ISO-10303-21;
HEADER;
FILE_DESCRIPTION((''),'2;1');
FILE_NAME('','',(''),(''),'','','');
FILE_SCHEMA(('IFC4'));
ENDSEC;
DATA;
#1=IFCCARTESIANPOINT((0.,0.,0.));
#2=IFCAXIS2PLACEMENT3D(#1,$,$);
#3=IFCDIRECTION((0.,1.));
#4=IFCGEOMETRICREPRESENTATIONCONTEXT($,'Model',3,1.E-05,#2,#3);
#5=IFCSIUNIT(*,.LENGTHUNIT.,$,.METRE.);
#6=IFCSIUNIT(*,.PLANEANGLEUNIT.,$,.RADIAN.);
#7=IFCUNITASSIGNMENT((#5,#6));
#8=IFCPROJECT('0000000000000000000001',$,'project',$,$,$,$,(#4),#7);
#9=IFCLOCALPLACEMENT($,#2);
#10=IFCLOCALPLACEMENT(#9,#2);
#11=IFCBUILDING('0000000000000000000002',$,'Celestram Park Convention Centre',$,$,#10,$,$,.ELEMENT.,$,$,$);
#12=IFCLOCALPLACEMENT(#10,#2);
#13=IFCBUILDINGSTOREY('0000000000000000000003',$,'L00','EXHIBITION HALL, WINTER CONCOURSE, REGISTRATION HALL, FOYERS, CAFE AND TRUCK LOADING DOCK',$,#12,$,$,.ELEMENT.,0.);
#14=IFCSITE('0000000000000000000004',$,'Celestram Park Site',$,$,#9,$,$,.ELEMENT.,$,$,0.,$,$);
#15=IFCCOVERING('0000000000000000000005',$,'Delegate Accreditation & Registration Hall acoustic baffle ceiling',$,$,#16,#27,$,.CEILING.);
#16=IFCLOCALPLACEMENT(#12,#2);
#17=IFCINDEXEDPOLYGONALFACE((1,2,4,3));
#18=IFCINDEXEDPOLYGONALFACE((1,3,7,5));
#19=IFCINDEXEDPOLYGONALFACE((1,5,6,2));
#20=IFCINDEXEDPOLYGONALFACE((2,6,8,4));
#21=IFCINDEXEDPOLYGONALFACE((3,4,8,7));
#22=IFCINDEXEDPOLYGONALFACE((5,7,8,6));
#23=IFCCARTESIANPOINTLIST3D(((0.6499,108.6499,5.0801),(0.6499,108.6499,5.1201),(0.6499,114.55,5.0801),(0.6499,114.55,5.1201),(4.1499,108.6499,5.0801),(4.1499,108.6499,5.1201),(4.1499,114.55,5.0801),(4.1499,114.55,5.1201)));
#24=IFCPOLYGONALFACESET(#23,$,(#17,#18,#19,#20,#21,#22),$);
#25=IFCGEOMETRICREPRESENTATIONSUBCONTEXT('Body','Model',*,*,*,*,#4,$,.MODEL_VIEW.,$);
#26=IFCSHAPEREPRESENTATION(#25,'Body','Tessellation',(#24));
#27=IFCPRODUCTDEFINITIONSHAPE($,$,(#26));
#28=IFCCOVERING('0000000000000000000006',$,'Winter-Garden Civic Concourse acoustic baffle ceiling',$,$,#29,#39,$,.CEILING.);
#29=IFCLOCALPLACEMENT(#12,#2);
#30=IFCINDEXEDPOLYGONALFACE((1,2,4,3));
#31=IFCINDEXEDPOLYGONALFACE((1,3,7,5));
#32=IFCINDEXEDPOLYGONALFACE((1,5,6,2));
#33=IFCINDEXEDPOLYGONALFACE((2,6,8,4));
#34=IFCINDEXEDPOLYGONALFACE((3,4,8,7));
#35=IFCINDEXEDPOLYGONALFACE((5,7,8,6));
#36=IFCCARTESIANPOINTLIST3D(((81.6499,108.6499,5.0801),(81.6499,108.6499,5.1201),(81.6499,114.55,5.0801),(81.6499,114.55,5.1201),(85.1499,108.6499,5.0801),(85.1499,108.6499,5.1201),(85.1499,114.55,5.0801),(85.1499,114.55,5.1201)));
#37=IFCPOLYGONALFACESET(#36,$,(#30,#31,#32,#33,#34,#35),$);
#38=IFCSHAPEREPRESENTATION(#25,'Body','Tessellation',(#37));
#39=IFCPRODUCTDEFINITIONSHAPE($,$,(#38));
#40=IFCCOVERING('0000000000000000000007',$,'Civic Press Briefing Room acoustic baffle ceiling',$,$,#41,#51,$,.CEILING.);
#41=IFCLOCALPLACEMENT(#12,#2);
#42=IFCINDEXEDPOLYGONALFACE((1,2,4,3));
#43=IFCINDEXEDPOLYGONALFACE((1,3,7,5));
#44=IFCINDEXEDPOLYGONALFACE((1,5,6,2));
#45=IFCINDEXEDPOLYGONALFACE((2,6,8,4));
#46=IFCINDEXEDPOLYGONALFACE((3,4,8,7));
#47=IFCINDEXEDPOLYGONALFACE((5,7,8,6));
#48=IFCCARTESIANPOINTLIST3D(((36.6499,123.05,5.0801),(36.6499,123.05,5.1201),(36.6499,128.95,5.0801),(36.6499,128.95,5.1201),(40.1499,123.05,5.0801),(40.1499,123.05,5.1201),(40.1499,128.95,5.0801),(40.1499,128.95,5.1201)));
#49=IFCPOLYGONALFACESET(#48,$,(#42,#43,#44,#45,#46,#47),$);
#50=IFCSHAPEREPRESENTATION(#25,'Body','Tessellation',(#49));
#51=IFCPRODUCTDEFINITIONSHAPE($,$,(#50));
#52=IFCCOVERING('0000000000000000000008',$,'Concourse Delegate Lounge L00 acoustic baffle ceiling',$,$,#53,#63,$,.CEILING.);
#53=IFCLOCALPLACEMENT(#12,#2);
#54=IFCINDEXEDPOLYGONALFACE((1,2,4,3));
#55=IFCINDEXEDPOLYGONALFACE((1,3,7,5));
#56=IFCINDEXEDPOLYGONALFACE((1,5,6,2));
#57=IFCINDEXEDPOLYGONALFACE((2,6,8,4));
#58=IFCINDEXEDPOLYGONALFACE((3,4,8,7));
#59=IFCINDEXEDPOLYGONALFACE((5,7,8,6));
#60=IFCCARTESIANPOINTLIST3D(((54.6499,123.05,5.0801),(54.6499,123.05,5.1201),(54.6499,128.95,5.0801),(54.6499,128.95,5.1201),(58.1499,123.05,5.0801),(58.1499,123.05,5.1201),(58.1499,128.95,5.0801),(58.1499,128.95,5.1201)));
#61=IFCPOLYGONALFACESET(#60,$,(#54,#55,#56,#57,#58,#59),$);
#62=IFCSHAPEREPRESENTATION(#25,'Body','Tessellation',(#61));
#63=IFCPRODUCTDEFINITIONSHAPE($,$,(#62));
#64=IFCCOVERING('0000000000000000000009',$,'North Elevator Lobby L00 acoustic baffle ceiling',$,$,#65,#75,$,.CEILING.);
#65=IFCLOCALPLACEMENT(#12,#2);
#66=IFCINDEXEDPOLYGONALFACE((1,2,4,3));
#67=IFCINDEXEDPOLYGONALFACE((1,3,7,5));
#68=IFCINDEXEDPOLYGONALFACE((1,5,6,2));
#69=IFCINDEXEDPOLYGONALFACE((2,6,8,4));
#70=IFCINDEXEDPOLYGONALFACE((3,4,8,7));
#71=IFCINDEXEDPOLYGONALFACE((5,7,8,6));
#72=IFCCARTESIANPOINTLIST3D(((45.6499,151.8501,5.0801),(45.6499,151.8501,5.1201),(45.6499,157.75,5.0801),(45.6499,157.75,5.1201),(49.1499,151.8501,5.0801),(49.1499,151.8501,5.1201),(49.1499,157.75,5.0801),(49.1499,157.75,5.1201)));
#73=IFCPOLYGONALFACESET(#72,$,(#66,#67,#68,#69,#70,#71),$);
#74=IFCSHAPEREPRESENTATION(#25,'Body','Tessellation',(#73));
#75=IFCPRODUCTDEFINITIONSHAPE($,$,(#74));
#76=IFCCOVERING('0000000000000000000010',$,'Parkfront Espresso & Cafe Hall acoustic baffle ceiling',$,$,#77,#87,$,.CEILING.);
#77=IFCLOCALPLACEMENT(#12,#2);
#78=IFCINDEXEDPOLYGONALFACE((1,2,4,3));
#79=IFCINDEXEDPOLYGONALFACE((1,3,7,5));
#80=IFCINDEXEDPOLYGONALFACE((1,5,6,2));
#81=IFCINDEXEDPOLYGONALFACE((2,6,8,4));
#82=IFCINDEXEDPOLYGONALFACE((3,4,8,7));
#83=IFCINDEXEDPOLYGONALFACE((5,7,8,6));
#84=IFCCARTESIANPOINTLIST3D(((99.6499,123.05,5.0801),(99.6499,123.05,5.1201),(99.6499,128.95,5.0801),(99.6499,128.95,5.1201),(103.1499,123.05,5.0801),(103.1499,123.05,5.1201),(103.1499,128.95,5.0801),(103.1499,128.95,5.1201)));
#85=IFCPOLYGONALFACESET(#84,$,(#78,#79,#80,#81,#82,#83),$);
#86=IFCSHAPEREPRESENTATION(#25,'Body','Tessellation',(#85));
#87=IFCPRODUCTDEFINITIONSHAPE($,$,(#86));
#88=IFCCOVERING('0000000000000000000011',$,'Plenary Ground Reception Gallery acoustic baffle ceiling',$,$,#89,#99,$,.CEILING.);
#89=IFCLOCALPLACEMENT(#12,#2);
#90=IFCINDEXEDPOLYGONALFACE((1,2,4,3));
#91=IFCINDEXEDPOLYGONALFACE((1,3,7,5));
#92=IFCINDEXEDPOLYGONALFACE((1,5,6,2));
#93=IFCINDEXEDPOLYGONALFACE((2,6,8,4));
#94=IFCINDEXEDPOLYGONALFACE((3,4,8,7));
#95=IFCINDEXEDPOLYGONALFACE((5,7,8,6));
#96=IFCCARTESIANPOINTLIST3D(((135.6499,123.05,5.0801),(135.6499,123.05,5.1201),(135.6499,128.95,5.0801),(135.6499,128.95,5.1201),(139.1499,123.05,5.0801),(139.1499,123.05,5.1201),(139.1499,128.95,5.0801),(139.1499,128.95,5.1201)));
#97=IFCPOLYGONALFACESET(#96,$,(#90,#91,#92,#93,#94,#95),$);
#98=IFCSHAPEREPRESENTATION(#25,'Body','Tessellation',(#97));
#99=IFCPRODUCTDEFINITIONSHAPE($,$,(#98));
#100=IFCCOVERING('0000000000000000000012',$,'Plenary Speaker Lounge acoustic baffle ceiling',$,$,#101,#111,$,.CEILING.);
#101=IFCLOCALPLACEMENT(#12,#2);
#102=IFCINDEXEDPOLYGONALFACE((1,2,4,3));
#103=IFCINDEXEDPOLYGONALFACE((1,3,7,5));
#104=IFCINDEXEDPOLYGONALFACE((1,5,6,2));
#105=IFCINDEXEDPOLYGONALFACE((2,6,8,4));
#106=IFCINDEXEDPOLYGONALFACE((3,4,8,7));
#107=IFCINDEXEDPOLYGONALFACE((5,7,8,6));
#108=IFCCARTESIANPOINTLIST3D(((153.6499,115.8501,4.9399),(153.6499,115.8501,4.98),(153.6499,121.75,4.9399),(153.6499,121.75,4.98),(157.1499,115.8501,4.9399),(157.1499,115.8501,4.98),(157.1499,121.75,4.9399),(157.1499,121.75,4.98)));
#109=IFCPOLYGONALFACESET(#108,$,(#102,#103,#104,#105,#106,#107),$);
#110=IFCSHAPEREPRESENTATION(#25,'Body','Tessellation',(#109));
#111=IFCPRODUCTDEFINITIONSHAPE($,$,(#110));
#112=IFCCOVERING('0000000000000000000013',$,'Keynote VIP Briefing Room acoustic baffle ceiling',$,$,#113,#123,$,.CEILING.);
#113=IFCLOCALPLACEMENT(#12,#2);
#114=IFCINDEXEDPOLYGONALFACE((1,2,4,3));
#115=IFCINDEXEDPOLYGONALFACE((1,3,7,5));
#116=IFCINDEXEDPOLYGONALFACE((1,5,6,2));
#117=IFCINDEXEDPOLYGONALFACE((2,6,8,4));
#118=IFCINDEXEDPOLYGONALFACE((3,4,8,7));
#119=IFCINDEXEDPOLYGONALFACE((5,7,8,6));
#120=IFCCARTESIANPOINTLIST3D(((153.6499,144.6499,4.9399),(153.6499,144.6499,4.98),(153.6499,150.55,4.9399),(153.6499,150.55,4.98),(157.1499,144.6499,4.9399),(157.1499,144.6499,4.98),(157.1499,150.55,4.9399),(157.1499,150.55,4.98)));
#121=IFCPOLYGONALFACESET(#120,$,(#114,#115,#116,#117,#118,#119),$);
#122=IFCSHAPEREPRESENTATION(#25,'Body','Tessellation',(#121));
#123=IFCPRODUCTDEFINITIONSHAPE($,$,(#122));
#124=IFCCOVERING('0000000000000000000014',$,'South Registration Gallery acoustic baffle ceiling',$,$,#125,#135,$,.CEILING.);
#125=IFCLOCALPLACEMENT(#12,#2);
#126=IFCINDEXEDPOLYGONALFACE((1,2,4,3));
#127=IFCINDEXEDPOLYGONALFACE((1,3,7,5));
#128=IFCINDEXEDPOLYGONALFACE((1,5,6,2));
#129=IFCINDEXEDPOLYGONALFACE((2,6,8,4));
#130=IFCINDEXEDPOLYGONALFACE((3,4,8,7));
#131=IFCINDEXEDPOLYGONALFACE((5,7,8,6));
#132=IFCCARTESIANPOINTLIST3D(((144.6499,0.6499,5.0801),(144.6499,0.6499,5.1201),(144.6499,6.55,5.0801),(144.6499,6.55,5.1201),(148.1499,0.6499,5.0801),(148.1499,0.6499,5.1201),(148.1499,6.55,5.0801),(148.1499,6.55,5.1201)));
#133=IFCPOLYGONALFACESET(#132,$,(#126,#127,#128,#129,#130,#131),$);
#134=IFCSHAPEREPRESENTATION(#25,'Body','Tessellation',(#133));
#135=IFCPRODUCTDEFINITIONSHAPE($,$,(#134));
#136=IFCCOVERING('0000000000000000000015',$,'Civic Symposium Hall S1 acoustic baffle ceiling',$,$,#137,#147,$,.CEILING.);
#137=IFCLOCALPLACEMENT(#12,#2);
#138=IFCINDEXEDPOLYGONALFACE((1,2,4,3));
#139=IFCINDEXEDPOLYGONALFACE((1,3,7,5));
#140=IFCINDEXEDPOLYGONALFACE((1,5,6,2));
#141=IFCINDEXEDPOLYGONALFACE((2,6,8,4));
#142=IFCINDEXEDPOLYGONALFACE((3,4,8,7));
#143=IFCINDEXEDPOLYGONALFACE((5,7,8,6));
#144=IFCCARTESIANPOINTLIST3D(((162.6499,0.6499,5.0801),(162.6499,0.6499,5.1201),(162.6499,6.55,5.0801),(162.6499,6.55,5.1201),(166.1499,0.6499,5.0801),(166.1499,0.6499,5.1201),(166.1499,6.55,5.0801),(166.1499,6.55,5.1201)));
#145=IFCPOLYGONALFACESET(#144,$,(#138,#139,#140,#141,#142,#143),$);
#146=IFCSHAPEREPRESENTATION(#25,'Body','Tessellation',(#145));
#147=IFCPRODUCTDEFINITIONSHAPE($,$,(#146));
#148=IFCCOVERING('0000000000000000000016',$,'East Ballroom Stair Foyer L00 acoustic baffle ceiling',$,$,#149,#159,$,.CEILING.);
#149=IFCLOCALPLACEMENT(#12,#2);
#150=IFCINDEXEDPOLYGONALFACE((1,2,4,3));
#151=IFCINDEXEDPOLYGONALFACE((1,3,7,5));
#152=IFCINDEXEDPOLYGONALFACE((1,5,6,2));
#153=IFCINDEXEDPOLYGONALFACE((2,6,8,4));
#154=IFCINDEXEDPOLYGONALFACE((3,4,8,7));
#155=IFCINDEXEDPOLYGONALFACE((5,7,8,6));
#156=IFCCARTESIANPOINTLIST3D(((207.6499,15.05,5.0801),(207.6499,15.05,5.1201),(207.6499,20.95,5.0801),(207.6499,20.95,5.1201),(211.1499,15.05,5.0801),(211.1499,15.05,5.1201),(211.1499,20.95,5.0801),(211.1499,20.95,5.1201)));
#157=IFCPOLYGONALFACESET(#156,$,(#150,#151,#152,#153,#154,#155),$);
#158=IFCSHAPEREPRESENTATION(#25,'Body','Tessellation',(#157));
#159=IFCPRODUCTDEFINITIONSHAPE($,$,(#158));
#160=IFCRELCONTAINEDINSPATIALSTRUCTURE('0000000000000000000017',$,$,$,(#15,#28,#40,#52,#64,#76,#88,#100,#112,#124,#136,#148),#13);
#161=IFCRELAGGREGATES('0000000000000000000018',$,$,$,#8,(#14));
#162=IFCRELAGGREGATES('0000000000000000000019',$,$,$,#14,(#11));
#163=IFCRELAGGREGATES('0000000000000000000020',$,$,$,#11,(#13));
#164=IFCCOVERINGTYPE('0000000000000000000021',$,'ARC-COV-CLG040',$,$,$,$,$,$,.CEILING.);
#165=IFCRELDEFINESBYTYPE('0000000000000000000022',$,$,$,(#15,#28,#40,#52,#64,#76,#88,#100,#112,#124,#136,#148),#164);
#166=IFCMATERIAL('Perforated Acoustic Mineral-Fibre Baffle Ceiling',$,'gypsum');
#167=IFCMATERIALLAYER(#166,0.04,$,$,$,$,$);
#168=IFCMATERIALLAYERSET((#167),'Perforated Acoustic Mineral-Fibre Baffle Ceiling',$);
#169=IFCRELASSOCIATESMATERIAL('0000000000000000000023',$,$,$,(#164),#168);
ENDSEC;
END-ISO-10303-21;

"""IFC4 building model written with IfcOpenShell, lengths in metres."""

from ifc_helpers import new_model, si_unit, direction, frame, origin, place, context, subcontext, project, spatial, polyline, outline, extrude, material, layer, layer_set, type_object, element, save


model = new_model("IFC4")

# Units and contexts
model_context = context("Model", 3, precision=1e-05, world=origin(), true_north=direction((0.0, 1.0)))
body_context = subcontext(model_context, "Body", "Model", "MODEL_VIEW")
ifc_project = project(units=[si_unit("LENGTHUNIT", "METRE"), si_unit("PLANEANGLEUNIT", "RADIAN")], contexts=[model_context])

# Site, building, storey
site_placement = place(None, origin())
site = spatial("IfcSite", under=ifc_project, at=site_placement, Name="Celestram Park Site", CompositionType="ELEMENT", RefElevation=0.0)
building_placement = place(site_placement, origin())
building = spatial("IfcBuilding", under=site, at=building_placement, Name="Celestram Park Convention Centre", CompositionType="ELEMENT")
storey_placement = place(building_placement, origin())
storey = spatial("IfcBuildingStorey", under=building, at=storey_placement, Name="L00", Description="EXHIBITION HALL, WINTER CONCOURSE, REGISTRATION HALL, FOYERS, CAFE AND TRUCK LOADING DOCK", CompositionType="ELEMENT", Elevation=0.0)

# Coverings
ifc_material_1 = material(Name="Perforated Acoustic Mineral-Fibre Baffle Ceiling", Category="gypsum")
ifc_layer_1 = layer(ifc_material_1, 0.04)
ifc_layer_set_1 = layer_set([ifc_layer_1], Name="Perforated Acoustic Mineral-Fibre Baffle Ceiling")
covering_type = type_object("IfcCoveringType", Name="ARC-COV-CLG040", PredefinedType="CEILING", material=ifc_layer_set_1)
covering_1_placement = place(storey_placement, frame((0.0, 0.0, 5.0801)))
element("IfcCovering", 1, at=covering_1_placement, inside=storey, type_object=covering_type, Name="Delegate Accreditation & Registration Hall acoustic baffle ceiling", PredefinedType="CEILING", context=body_context, shape_type="SweptSolid", body=[
    extrude(outline(polyline([(0.6499, 108.6499), (4.1499, 108.6499), (4.1499, 114.55), (0.6499, 114.55), (0.6499, 108.6499)])), origin(), (0.0, 0.0, 1.0), 0.04),
])
covering_2_placement = place(storey_placement, frame((0.0, 0.0, 5.0801)))
element("IfcCovering", 2, at=covering_2_placement, inside=storey, type_object=covering_type, Name="Winter-Garden Civic Concourse acoustic baffle ceiling", PredefinedType="CEILING", context=body_context, shape_type="SweptSolid", body=[
    extrude(outline(polyline([(81.6499, 108.6499), (85.1499, 108.6499), (85.1499, 114.55), (81.6499, 114.55), (81.6499, 108.6499)])), origin(), (0.0, 0.0, 1.0), 0.04),
])
covering_3_placement = place(storey_placement, frame((0.0, 0.0, 5.0801)))
element("IfcCovering", 3, at=covering_3_placement, inside=storey, type_object=covering_type, Name="Civic Press Briefing Room acoustic baffle ceiling", PredefinedType="CEILING", context=body_context, shape_type="SweptSolid", body=[
    extrude(outline(polyline([(36.6499, 123.05), (40.1499, 123.05), (40.1499, 128.95), (36.6499, 128.95), (36.6499, 123.05)])), origin(), (0.0, 0.0, 1.0), 0.04),
])
covering_4_placement = place(storey_placement, frame((0.0, 0.0, 5.0801)))
element("IfcCovering", 4, at=covering_4_placement, inside=storey, type_object=covering_type, Name="Concourse Delegate Lounge L00 acoustic baffle ceiling", PredefinedType="CEILING", context=body_context, shape_type="SweptSolid", body=[
    extrude(outline(polyline([(54.6499, 123.05), (58.1499, 123.05), (58.1499, 128.95), (54.6499, 128.95), (54.6499, 123.05)])), origin(), (0.0, 0.0, 1.0), 0.04),
])
covering_5_placement = place(storey_placement, frame((0.0, 0.0, 5.0801)))
element("IfcCovering", 5, at=covering_5_placement, inside=storey, type_object=covering_type, Name="North Elevator Lobby L00 acoustic baffle ceiling", PredefinedType="CEILING", context=body_context, shape_type="SweptSolid", body=[
    extrude(outline(polyline([(45.6499, 151.8501), (49.1499, 151.8501), (49.1499, 157.75), (45.6499, 157.75), (45.6499, 151.8501)])), origin(), (0.0, 0.0, 1.0), 0.04),
])
covering_6_placement = place(storey_placement, frame((0.0, 0.0, 5.0801)))
element("IfcCovering", 6, at=covering_6_placement, inside=storey, type_object=covering_type, Name="Parkfront Espresso & Cafe Hall acoustic baffle ceiling", PredefinedType="CEILING", context=body_context, shape_type="SweptSolid", body=[
    extrude(outline(polyline([(99.6499, 123.05), (103.1499, 123.05), (103.1499, 128.95), (99.6499, 128.95), (99.6499, 123.05)])), origin(), (0.0, 0.0, 1.0), 0.04),
])
covering_7_placement = place(storey_placement, frame((0.0, 0.0, 5.0801)))
element("IfcCovering", 7, at=covering_7_placement, inside=storey, type_object=covering_type, Name="Plenary Ground Reception Gallery acoustic baffle ceiling", PredefinedType="CEILING", context=body_context, shape_type="SweptSolid", body=[
    extrude(outline(polyline([(135.6499, 123.05), (139.1499, 123.05), (139.1499, 128.95), (135.6499, 128.95), (135.6499, 123.05)])), origin(), (0.0, 0.0, 1.0), 0.04),
])
covering_8_placement = place(storey_placement, frame((0.0, 0.0, 4.9399)))
element("IfcCovering", 8, at=covering_8_placement, inside=storey, type_object=covering_type, Name="Plenary Speaker Lounge acoustic baffle ceiling", PredefinedType="CEILING", context=body_context, shape_type="SweptSolid", body=[
    extrude(outline(polyline([(153.6499, 115.8501), (157.1499, 115.8501), (157.1499, 121.75), (153.6499, 121.75), (153.6499, 115.8501)])), origin(), (0.0, 0.0, 1.0), 0.04),
])
covering_9_placement = place(storey_placement, frame((0.0, 0.0, 4.9399)))
element("IfcCovering", 9, at=covering_9_placement, inside=storey, type_object=covering_type, Name="Keynote VIP Briefing Room acoustic baffle ceiling", PredefinedType="CEILING", context=body_context, shape_type="SweptSolid", body=[
    extrude(outline(polyline([(153.6499, 144.6499), (157.1499, 144.6499), (157.1499, 150.55), (153.6499, 150.55), (153.6499, 144.6499)])), origin(), (0.0, 0.0, 1.0), 0.04),
])
covering_10_placement = place(storey_placement, frame((0.0, 0.0, 5.0801)))
element("IfcCovering", 10, at=covering_10_placement, inside=storey, type_object=covering_type, Name="South Registration Gallery acoustic baffle ceiling", PredefinedType="CEILING", context=body_context, shape_type="SweptSolid", body=[
    extrude(outline(polyline([(144.6499, 0.6499), (148.1499, 0.6499), (148.1499, 6.55), (144.6499, 6.55), (144.6499, 0.6499)])), origin(), (0.0, 0.0, 1.0), 0.04),
])
covering_11_placement = place(storey_placement, frame((0.0, 0.0, 5.0801)))
element("IfcCovering", 11, at=covering_11_placement, inside=storey, type_object=covering_type, Name="Civic Symposium Hall S1 acoustic baffle ceiling", PredefinedType="CEILING", context=body_context, shape_type="SweptSolid", body=[
    extrude(outline(polyline([(162.6499, 0.6499), (166.1499, 0.6499), (166.1499, 6.55), (162.6499, 6.55), (162.6499, 0.6499)])), origin(), (0.0, 0.0, 1.0), 0.04),
])
covering_12_placement = place(storey_placement, frame((0.0, 0.0, 5.0801)))
element("IfcCovering", 12, at=covering_12_placement, inside=storey, type_object=covering_type, Name="East Ballroom Stair Foyer L00 acoustic baffle ceiling", PredefinedType="CEILING", context=body_context, shape_type="SweptSolid", body=[
    extrude(outline(polyline([(207.6499, 15.05), (211.1499, 15.05), (211.1499, 20.95), (207.6499, 20.95), (207.6499, 15.05)])), origin(), (0.0, 0.0, 1.0), 0.04),
])

save(model, "model.ifc")
